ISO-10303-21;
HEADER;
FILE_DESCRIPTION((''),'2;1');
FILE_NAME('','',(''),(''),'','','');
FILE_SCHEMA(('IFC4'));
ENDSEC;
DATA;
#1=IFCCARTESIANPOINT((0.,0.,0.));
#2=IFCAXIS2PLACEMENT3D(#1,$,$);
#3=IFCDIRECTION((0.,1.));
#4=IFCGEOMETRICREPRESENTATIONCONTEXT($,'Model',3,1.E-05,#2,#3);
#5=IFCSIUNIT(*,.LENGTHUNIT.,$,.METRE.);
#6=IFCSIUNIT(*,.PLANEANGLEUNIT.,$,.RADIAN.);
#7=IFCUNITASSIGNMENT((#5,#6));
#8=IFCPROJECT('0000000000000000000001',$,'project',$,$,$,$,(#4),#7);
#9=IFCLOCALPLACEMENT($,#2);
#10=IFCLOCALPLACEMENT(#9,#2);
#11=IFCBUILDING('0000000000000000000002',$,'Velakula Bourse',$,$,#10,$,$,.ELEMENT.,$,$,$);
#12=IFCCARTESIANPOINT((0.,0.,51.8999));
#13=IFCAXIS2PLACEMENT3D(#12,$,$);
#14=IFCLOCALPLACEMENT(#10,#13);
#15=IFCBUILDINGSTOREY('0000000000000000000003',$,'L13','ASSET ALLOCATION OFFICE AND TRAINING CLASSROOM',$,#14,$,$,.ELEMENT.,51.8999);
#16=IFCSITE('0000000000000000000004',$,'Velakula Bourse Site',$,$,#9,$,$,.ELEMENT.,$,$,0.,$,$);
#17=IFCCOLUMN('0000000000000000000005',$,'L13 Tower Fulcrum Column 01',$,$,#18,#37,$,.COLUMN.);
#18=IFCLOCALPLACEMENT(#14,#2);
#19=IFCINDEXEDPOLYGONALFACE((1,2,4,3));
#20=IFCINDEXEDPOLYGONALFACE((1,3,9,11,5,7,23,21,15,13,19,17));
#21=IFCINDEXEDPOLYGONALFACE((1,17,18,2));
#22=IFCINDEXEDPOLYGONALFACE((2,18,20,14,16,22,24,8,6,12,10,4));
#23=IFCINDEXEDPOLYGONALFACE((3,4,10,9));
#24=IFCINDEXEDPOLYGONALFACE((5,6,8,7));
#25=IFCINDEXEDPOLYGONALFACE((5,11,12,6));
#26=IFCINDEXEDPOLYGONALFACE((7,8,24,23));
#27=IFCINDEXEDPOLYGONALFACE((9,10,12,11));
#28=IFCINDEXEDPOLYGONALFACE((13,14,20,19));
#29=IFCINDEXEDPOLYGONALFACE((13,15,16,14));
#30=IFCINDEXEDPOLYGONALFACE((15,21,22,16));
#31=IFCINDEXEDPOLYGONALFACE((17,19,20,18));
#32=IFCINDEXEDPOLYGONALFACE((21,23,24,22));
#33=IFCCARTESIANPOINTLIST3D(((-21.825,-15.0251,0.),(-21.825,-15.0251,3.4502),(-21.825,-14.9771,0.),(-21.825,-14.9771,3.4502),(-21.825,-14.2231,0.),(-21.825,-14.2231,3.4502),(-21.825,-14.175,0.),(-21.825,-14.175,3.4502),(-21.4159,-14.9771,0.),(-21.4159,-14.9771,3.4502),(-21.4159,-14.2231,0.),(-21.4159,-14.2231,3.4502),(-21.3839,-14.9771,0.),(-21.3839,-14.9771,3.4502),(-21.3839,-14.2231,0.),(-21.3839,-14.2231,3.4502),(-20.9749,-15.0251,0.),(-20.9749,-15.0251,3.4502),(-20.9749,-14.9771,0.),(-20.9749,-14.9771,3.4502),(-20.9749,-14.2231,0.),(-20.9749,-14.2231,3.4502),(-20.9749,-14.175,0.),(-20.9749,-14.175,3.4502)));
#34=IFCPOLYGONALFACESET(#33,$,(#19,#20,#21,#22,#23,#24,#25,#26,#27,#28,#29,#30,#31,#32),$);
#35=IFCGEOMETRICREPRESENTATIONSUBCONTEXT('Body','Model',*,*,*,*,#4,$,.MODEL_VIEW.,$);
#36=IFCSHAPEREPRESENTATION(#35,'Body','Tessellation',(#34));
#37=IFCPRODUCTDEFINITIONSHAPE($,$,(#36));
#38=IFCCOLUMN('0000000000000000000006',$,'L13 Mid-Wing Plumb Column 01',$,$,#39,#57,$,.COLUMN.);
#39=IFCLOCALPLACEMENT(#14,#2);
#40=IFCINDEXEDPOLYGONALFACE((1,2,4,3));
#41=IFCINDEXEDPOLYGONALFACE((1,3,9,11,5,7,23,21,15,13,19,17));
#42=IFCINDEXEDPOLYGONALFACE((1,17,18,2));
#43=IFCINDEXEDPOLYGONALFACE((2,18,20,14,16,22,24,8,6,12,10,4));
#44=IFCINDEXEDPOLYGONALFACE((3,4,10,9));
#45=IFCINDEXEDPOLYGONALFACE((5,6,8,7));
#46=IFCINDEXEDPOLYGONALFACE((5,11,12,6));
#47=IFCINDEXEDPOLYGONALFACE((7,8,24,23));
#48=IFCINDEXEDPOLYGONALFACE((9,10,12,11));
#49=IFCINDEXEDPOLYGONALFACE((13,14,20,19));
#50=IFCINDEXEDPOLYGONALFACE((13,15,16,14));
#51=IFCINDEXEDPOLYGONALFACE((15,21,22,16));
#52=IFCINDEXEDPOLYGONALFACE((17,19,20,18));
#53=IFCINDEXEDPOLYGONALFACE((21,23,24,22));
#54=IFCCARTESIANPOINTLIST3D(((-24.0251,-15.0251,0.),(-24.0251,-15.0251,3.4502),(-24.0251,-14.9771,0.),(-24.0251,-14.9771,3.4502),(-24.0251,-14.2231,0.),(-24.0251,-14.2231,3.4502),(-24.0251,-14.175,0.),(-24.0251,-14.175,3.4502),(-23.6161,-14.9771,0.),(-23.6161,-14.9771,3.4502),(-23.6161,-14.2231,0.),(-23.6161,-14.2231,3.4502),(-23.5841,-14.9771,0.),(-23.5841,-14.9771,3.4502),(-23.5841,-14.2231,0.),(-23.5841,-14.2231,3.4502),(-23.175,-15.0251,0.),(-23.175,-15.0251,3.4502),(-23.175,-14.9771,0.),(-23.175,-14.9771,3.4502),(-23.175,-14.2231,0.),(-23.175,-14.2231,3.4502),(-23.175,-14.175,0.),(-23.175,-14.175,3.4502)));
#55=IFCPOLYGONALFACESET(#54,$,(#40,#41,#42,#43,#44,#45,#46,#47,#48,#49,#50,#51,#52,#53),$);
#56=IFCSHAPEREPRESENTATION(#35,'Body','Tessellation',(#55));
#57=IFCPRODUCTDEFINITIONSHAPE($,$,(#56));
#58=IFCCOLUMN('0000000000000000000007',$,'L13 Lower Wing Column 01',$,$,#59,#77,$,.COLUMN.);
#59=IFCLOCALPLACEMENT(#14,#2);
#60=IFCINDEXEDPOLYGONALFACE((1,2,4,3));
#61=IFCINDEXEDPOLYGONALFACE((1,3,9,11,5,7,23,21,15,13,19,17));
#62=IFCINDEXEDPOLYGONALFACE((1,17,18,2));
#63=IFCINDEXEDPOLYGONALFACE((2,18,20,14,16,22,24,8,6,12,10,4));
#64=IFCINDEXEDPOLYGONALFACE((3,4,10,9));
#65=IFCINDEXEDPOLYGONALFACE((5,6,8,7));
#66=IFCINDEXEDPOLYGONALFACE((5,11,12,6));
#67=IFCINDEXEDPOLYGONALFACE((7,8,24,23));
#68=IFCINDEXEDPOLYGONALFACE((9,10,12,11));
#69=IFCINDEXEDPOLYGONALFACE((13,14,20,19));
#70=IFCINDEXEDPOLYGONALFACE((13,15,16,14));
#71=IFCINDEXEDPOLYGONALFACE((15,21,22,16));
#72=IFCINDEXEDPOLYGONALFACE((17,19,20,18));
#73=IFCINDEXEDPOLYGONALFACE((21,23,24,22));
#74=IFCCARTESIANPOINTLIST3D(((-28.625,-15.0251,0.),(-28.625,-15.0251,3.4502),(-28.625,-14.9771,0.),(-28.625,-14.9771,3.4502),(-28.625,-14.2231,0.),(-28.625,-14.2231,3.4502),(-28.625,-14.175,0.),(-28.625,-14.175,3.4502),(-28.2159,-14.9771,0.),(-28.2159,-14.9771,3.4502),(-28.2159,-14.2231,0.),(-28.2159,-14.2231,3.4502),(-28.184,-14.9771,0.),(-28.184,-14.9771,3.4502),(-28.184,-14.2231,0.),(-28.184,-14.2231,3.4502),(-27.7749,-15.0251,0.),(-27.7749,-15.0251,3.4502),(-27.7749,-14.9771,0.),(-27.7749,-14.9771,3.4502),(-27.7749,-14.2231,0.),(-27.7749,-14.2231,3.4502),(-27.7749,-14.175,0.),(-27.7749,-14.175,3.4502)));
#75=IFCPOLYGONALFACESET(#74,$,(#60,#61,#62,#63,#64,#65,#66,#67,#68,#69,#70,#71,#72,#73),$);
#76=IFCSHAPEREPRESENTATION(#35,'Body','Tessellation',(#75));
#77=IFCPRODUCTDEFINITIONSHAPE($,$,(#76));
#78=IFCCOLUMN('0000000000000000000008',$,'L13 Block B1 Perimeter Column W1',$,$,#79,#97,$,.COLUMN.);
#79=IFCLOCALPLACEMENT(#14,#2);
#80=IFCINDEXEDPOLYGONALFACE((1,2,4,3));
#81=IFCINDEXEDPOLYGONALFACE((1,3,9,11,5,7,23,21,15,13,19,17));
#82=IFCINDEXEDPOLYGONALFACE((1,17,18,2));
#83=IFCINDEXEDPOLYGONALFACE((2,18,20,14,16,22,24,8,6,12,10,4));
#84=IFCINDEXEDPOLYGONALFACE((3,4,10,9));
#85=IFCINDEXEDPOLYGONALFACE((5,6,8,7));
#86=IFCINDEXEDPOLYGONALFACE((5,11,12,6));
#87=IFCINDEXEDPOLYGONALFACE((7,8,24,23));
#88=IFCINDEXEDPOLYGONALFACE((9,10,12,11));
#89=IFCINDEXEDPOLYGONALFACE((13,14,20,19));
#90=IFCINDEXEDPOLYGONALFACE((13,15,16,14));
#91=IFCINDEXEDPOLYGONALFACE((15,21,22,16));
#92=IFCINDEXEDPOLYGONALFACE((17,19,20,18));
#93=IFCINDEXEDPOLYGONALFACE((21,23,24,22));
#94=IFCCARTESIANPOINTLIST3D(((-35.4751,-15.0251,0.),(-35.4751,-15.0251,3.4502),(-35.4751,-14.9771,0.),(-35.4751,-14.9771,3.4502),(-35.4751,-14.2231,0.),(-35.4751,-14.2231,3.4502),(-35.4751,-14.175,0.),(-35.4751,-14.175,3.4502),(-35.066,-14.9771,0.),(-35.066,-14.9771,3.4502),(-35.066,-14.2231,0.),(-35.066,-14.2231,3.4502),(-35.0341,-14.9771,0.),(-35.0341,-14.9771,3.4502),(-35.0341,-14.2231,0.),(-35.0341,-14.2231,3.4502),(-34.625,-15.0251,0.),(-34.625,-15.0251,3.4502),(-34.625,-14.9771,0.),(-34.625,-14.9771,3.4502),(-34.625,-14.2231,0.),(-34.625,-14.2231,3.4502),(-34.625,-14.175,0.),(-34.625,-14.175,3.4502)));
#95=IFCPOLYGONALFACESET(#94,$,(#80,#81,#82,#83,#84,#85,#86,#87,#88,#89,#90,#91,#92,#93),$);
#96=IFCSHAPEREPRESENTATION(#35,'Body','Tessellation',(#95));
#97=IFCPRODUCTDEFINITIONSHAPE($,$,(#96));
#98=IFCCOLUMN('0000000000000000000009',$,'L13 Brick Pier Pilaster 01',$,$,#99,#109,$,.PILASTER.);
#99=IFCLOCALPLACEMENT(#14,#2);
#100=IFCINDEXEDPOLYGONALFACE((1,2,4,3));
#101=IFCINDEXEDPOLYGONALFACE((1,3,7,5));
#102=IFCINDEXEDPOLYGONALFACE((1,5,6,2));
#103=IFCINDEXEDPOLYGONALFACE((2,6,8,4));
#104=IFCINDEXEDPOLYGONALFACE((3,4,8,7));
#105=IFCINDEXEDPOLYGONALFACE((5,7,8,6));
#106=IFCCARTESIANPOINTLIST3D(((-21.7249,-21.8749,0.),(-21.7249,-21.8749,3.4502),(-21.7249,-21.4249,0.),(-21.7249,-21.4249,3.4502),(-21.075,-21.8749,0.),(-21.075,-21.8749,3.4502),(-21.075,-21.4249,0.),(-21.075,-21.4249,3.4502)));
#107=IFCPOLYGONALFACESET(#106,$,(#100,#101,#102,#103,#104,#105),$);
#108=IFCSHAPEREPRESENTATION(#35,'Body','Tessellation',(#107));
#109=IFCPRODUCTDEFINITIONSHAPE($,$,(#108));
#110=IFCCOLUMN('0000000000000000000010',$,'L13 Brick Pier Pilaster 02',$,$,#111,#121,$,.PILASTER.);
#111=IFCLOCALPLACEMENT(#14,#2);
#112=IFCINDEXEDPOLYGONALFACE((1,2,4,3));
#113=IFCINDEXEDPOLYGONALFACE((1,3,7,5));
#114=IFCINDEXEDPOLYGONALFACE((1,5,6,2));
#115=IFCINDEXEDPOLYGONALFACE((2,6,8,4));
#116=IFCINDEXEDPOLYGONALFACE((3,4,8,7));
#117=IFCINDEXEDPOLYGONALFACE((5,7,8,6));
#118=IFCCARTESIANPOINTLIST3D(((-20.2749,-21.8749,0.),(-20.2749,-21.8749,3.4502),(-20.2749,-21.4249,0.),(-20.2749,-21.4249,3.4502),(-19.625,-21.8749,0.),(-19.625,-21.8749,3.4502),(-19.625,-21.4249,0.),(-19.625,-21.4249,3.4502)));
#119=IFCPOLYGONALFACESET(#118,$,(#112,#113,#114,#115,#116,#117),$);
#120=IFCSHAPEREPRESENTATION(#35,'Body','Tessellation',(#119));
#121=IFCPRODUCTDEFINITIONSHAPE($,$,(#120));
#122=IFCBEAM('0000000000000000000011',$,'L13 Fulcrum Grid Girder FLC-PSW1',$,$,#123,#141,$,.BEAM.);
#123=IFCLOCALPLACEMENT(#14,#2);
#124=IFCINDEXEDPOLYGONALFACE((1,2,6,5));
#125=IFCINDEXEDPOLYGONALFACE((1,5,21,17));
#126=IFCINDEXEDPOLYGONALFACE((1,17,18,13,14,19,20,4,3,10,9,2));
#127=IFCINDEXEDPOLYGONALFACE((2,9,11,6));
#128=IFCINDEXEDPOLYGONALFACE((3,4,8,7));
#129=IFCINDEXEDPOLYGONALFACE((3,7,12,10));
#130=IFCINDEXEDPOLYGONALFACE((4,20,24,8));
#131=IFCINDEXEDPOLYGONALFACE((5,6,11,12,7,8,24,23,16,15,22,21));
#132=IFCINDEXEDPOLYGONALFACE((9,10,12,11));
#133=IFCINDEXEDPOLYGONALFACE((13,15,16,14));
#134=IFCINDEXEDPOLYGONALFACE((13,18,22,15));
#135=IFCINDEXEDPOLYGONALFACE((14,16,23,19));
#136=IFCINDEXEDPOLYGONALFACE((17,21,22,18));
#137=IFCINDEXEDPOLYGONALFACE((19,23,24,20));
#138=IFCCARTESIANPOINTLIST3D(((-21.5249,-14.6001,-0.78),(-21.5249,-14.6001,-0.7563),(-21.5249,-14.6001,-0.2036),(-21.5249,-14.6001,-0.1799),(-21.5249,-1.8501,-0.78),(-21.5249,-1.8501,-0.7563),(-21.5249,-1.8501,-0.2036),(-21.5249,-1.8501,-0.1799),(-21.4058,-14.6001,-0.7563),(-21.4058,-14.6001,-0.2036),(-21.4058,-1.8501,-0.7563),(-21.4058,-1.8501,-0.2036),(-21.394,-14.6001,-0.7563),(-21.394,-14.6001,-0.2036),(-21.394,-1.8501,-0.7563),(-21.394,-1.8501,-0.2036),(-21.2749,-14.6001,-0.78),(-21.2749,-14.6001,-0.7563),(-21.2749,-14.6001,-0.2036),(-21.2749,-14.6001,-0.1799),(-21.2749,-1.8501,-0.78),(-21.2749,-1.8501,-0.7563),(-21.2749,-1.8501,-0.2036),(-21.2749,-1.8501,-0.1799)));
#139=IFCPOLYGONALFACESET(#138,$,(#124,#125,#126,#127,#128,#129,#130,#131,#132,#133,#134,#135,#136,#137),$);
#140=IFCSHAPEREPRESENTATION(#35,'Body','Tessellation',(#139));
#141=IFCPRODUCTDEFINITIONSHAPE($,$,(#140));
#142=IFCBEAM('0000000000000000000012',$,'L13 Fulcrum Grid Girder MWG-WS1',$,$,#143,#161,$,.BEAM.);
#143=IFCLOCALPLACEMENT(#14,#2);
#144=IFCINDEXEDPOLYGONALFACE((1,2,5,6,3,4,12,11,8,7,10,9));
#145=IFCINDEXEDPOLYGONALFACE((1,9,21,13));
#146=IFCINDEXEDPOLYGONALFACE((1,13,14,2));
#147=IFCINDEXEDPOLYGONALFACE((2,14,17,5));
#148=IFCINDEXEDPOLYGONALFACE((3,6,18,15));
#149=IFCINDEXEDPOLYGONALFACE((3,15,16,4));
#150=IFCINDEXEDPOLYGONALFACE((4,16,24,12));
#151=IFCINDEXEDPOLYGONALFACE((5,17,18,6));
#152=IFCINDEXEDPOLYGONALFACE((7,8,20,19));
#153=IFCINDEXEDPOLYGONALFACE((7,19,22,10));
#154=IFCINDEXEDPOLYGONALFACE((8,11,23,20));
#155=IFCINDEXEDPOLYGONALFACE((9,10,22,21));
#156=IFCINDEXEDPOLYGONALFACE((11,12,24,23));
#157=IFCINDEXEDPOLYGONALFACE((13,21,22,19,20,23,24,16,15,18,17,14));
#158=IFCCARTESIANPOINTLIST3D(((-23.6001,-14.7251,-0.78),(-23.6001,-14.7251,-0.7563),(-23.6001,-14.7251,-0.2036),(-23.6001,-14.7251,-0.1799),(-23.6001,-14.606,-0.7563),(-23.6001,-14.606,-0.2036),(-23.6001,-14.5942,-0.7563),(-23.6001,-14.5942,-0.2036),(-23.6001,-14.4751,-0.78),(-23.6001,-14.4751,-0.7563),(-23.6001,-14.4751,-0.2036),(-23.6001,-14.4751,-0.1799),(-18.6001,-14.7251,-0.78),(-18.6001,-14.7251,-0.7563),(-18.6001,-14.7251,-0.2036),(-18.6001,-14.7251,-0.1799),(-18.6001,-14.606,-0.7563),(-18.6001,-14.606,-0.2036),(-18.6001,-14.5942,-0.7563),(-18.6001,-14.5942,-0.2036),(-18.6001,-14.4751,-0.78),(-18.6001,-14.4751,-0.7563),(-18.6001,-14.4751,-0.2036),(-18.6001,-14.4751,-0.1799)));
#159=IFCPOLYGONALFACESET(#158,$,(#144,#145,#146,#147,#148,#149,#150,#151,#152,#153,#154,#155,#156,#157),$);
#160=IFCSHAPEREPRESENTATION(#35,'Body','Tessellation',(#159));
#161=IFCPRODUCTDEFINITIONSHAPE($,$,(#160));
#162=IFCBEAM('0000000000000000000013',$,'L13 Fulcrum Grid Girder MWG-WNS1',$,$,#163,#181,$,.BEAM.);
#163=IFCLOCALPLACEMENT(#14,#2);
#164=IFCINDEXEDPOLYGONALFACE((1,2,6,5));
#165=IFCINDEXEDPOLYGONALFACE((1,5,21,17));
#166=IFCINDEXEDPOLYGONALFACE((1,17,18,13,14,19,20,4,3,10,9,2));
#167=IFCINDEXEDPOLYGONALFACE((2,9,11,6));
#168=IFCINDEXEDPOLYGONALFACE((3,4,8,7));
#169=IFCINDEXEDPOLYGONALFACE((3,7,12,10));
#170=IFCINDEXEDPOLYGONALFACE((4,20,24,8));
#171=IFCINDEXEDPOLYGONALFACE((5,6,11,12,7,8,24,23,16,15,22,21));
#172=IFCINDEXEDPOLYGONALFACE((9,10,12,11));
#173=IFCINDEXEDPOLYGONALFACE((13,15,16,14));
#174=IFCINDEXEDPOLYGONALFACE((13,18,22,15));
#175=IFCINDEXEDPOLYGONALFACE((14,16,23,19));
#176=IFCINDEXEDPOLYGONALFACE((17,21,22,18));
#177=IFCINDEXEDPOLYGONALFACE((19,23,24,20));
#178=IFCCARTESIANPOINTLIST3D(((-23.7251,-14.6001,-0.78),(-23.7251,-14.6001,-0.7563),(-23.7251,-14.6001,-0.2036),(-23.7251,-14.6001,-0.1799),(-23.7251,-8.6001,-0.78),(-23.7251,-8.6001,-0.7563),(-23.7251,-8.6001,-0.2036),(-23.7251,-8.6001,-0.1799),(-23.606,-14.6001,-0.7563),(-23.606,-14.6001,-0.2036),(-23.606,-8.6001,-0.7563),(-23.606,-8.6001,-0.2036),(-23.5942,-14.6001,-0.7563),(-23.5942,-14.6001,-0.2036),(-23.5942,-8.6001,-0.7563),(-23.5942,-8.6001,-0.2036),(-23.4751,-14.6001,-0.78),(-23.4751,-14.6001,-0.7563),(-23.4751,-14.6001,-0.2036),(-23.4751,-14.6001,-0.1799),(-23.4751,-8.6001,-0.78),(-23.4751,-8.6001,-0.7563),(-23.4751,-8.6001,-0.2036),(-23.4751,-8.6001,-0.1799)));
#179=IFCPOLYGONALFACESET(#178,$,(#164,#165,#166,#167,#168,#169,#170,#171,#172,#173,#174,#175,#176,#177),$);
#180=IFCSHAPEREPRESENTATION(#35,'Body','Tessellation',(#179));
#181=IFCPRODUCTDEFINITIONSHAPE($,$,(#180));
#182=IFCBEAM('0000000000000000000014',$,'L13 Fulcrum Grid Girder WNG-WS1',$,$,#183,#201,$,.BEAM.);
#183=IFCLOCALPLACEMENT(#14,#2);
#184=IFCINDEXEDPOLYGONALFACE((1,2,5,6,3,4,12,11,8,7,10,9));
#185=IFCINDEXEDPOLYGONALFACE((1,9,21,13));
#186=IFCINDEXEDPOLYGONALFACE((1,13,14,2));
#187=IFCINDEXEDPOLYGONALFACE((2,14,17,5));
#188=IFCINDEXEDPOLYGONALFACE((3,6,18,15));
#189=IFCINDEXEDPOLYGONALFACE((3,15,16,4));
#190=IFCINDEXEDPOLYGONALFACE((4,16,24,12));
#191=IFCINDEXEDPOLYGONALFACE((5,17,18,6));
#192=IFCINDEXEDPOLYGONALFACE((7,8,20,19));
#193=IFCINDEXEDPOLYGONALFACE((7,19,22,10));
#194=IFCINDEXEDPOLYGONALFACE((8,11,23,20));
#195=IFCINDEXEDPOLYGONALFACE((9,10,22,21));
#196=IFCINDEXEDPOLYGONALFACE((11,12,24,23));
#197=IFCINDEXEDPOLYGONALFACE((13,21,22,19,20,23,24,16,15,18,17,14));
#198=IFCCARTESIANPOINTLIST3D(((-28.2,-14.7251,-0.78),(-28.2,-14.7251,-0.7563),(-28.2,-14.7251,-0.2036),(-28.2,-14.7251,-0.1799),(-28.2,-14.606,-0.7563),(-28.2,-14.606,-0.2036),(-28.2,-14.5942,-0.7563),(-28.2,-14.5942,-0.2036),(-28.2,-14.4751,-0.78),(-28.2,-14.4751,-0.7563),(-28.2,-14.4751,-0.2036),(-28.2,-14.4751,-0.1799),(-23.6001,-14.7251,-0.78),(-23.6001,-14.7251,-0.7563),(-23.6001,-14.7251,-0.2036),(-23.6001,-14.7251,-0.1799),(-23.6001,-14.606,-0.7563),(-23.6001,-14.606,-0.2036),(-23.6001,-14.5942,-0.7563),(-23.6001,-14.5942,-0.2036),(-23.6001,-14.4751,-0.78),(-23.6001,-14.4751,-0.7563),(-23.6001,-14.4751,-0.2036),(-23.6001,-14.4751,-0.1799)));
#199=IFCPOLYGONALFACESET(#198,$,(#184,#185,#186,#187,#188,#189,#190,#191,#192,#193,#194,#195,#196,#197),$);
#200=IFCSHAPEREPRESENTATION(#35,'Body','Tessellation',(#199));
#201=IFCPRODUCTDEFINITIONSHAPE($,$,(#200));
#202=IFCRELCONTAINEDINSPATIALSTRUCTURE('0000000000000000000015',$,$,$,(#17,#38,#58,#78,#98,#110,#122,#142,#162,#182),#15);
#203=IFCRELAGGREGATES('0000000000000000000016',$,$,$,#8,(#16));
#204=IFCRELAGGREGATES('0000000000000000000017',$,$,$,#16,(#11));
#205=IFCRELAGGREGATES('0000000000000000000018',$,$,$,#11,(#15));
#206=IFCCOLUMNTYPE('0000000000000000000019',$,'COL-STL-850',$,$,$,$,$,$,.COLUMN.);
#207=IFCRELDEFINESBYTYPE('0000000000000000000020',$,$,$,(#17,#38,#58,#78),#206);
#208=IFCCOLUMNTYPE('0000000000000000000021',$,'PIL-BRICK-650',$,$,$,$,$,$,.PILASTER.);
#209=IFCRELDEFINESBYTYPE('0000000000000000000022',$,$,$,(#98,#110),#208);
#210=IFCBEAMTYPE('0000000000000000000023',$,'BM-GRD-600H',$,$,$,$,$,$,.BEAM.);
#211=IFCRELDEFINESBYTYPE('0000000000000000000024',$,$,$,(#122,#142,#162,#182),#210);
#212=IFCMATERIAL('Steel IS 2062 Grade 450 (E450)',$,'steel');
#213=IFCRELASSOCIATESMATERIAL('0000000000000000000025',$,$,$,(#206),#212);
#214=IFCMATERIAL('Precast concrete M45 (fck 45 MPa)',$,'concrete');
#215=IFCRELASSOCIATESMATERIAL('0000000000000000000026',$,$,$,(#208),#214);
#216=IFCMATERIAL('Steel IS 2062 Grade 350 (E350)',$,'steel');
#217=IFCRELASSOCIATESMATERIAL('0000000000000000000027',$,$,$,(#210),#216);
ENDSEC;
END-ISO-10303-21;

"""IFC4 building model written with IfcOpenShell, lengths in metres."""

from ifc_helpers import new_model, si_unit, direction, frame, origin, origin_2d, place, context, subcontext, project, spatial, rectangle, i_section, extrude, material, material_profile, profile_set, type_object, element, save


model = new_model("IFC4")

# Units and contexts
model_context = context("Model", 3, precision=1e-05, world=origin(), true_north=direction((0.0, 1.0)))
body_context = subcontext(model_context, "Body", "Model", "MODEL_VIEW")
ifc_project = project(units=[si_unit("LENGTHUNIT", "METRE"), si_unit("PLANEANGLEUNIT", "RADIAN")], contexts=[model_context])

# Site, building, storey
site_placement = place(None, origin())
site = spatial("IfcSite", under=ifc_project, at=site_placement, Name="Velakula Bourse Site", CompositionType="ELEMENT", RefElevation=0.0)
building_placement = place(site_placement, origin())
building = spatial("IfcBuilding", under=site, at=building_placement, Name="Velakula Bourse", CompositionType="ELEMENT")
storey_placement = place(building_placement, frame((0.0, 0.0, 51.8999)))
storey = spatial("IfcBuildingStorey", under=building, at=storey_placement, Name="L13", Description="ASSET ALLOCATION OFFICE AND TRAINING CLASSROOM", CompositionType="ELEMENT", Elevation=51.8999)

# Columns
ifc_material_1 = material(Name="Steel IS 2062 Grade 450 (E450)", Category="steel")
ifc_material_profile_1 = material_profile(ifc_material_1, i_section(OverallWidth=0.8501, OverallDepth=0.8501, WebThickness=0.032, FlangeThickness=0.0481, at=origin_2d()), Name="Steel IS 2062 Grade 450 (E450)")
ifc_profile_set_1 = profile_set([ifc_material_profile_1], Name="Steel IS 2062 Grade 450 (E450)")
column_type_1 = type_object("IfcColumnType", Name="COL-STL-850", PredefinedType="COLUMN", material=ifc_profile_set_1)
for number, where, z_axis, x_axis, name in (
    (1, (-21.3999, -14.6001, 0.0), (0.0, 0.0, 1.0), (1.0, 0.0, 0.0), "L13 Tower Fulcrum Column 01"),
    (2, (-23.6001, -14.6001, 0.0), (0.0, 0.0, 1.0), (1.0, 0.0, 0.0), "L13 Mid-Wing Plumb Column 01"),
    (3, (-28.2, -14.6001, 0.0), (0.0, 0.0, 1.0), (1.0, 0.0, 0.0), "L13 Lower Wing Column 01"),
    (4, (-35.05, -14.6001, 0.0), (0.0, 0.0, 1.0), (1.0, 0.0, 0.0), "L13 Block B1 Perimeter Column W1"),
):
    element("IfcColumn", number, at=place(storey_placement, frame(where, z_axis=z_axis, x_axis=x_axis)), inside=storey, type_object=column_type_1, Name=name, PredefinedType="COLUMN", context=body_context, shape_type="SweptSolid", body=[
        extrude(i_section(OverallWidth=0.8501, OverallDepth=0.8501, WebThickness=0.032, FlangeThickness=0.0481, at=origin_2d()), origin(), (0.0, 0.0, 1.0), 3.4502),
    ])
ifc_material_2 = material(Name="Precast concrete M45 (fck 45 MPa)", Category="concrete")
ifc_material_profile_2 = material_profile(ifc_material_2, rectangle(XDim=0.6499, YDim=0.45, at=origin_2d()), Name="Precast concrete M45 (fck 45 MPa)")
ifc_profile_set_2 = profile_set([ifc_material_profile_2], Name="Precast concrete M45 (fck 45 MPa)")
column_type_2 = type_object("IfcColumnType", Name="PIL-BRICK-650", PredefinedType="PILASTER", material=ifc_profile_set_2)
for number, where, z_axis, x_axis, name in (
    (5, (-21.3999, -21.6499, 0.0), (0.0, 0.0, 1.0), (1.0, 0.0, 0.0), "L13 Brick Pier Pilaster 01"),
    (6, (-19.95, -21.6499, 0.0), (0.0, 0.0, 1.0), (1.0, 0.0, 0.0), "L13 Brick Pier Pilaster 02"),
):
    element("IfcColumn", number, at=place(storey_placement, frame(where, z_axis=z_axis, x_axis=x_axis)), inside=storey, type_object=column_type_2, Name=name, PredefinedType="PILASTER", context=body_context, shape_type="SweptSolid", body=[
        extrude(rectangle(XDim=0.6499, YDim=0.45, at=origin_2d()), origin(), (0.0, 0.0, 1.0), 3.4502),
    ])

# Beams
ifc_material_3 = material(Name="Steel IS 2062 Grade 350 (E350)", Category="steel")
ifc_material_profile_3 = material_profile(ifc_material_3, i_section(OverallWidth=0.25, OverallDepth=0.6001, WebThickness=0.0117, FlangeThickness=0.0237, at=origin_2d()), Name="Steel IS 2062 Grade 350 (E350)")
ifc_profile_set_3 = profile_set([ifc_material_profile_3], Name="Steel IS 2062 Grade 350 (E350)")
beam_type_1 = type_object("IfcBeamType", Name="BM-GRD-600H", PredefinedType="BEAM", material=ifc_profile_set_3)
beam_1_placement = place(storey_placement, frame((-21.3999, -14.6001, -0.48), z_axis=(0.0, 1.0, 0.0), x_axis=(-1.0, 0.0, 0.0)))
element("IfcBeam", 7, at=beam_1_placement, inside=storey, type_object=beam_type_1, Name="L13 Fulcrum Grid Girder FLC-PSW1", PredefinedType="BEAM", context=body_context, shape_type="SweptSolid", body=[
    extrude(i_section(OverallWidth=0.25, OverallDepth=0.6001, WebThickness=0.0117, FlangeThickness=0.0237, at=origin_2d()), origin(), (0.0, 0.0, 1.0), 12.75),
])
beam_2_placement = place(storey_placement, frame((-23.6001, -14.6001, -0.48), z_axis=(1.0, 0.0, 0.0), x_axis=(0.0, 1.0, 0.0)))
element("IfcBeam", 8, at=beam_2_placement, inside=storey, type_object=beam_type_1, Name="L13 Fulcrum Grid Girder MWG-WS1", PredefinedType="BEAM", context=body_context, shape_type="SweptSolid", body=[
    extrude(i_section(OverallWidth=0.25, OverallDepth=0.6001, WebThickness=0.0117, FlangeThickness=0.0237, at=origin_2d()), origin(), (0.0, 0.0, 1.0), 5.0),
])
beam_3_placement = place(storey_placement, frame((-23.6001, -14.6001, -0.48), z_axis=(0.0, 1.0, 0.0), x_axis=(-1.0, 0.0, 0.0)))
element("IfcBeam", 9, at=beam_3_placement, inside=storey, type_object=beam_type_1, Name="L13 Fulcrum Grid Girder MWG-WNS1", PredefinedType="BEAM", context=body_context, shape_type="SweptSolid", body=[
    extrude(i_section(OverallWidth=0.25, OverallDepth=0.6001, WebThickness=0.0117, FlangeThickness=0.0237, at=origin_2d()), origin(), (0.0, 0.0, 1.0), 6.0),
])
beam_4_placement = place(storey_placement, frame((-28.2, -14.6001, -0.48), z_axis=(1.0, 0.0, 0.0), x_axis=(0.0, 1.0, 0.0)))
element("IfcBeam", 10, at=beam_4_placement, inside=storey, type_object=beam_type_1, Name="L13 Fulcrum Grid Girder WNG-WS1", PredefinedType="BEAM", context=body_context, shape_type="SweptSolid", body=[
    extrude(i_section(OverallWidth=0.25, OverallDepth=0.6001, WebThickness=0.0117, FlangeThickness=0.0237, at=origin_2d()), origin(), (0.0, 0.0, 1.0), 4.5999),
])

save(model, "model.ifc")
